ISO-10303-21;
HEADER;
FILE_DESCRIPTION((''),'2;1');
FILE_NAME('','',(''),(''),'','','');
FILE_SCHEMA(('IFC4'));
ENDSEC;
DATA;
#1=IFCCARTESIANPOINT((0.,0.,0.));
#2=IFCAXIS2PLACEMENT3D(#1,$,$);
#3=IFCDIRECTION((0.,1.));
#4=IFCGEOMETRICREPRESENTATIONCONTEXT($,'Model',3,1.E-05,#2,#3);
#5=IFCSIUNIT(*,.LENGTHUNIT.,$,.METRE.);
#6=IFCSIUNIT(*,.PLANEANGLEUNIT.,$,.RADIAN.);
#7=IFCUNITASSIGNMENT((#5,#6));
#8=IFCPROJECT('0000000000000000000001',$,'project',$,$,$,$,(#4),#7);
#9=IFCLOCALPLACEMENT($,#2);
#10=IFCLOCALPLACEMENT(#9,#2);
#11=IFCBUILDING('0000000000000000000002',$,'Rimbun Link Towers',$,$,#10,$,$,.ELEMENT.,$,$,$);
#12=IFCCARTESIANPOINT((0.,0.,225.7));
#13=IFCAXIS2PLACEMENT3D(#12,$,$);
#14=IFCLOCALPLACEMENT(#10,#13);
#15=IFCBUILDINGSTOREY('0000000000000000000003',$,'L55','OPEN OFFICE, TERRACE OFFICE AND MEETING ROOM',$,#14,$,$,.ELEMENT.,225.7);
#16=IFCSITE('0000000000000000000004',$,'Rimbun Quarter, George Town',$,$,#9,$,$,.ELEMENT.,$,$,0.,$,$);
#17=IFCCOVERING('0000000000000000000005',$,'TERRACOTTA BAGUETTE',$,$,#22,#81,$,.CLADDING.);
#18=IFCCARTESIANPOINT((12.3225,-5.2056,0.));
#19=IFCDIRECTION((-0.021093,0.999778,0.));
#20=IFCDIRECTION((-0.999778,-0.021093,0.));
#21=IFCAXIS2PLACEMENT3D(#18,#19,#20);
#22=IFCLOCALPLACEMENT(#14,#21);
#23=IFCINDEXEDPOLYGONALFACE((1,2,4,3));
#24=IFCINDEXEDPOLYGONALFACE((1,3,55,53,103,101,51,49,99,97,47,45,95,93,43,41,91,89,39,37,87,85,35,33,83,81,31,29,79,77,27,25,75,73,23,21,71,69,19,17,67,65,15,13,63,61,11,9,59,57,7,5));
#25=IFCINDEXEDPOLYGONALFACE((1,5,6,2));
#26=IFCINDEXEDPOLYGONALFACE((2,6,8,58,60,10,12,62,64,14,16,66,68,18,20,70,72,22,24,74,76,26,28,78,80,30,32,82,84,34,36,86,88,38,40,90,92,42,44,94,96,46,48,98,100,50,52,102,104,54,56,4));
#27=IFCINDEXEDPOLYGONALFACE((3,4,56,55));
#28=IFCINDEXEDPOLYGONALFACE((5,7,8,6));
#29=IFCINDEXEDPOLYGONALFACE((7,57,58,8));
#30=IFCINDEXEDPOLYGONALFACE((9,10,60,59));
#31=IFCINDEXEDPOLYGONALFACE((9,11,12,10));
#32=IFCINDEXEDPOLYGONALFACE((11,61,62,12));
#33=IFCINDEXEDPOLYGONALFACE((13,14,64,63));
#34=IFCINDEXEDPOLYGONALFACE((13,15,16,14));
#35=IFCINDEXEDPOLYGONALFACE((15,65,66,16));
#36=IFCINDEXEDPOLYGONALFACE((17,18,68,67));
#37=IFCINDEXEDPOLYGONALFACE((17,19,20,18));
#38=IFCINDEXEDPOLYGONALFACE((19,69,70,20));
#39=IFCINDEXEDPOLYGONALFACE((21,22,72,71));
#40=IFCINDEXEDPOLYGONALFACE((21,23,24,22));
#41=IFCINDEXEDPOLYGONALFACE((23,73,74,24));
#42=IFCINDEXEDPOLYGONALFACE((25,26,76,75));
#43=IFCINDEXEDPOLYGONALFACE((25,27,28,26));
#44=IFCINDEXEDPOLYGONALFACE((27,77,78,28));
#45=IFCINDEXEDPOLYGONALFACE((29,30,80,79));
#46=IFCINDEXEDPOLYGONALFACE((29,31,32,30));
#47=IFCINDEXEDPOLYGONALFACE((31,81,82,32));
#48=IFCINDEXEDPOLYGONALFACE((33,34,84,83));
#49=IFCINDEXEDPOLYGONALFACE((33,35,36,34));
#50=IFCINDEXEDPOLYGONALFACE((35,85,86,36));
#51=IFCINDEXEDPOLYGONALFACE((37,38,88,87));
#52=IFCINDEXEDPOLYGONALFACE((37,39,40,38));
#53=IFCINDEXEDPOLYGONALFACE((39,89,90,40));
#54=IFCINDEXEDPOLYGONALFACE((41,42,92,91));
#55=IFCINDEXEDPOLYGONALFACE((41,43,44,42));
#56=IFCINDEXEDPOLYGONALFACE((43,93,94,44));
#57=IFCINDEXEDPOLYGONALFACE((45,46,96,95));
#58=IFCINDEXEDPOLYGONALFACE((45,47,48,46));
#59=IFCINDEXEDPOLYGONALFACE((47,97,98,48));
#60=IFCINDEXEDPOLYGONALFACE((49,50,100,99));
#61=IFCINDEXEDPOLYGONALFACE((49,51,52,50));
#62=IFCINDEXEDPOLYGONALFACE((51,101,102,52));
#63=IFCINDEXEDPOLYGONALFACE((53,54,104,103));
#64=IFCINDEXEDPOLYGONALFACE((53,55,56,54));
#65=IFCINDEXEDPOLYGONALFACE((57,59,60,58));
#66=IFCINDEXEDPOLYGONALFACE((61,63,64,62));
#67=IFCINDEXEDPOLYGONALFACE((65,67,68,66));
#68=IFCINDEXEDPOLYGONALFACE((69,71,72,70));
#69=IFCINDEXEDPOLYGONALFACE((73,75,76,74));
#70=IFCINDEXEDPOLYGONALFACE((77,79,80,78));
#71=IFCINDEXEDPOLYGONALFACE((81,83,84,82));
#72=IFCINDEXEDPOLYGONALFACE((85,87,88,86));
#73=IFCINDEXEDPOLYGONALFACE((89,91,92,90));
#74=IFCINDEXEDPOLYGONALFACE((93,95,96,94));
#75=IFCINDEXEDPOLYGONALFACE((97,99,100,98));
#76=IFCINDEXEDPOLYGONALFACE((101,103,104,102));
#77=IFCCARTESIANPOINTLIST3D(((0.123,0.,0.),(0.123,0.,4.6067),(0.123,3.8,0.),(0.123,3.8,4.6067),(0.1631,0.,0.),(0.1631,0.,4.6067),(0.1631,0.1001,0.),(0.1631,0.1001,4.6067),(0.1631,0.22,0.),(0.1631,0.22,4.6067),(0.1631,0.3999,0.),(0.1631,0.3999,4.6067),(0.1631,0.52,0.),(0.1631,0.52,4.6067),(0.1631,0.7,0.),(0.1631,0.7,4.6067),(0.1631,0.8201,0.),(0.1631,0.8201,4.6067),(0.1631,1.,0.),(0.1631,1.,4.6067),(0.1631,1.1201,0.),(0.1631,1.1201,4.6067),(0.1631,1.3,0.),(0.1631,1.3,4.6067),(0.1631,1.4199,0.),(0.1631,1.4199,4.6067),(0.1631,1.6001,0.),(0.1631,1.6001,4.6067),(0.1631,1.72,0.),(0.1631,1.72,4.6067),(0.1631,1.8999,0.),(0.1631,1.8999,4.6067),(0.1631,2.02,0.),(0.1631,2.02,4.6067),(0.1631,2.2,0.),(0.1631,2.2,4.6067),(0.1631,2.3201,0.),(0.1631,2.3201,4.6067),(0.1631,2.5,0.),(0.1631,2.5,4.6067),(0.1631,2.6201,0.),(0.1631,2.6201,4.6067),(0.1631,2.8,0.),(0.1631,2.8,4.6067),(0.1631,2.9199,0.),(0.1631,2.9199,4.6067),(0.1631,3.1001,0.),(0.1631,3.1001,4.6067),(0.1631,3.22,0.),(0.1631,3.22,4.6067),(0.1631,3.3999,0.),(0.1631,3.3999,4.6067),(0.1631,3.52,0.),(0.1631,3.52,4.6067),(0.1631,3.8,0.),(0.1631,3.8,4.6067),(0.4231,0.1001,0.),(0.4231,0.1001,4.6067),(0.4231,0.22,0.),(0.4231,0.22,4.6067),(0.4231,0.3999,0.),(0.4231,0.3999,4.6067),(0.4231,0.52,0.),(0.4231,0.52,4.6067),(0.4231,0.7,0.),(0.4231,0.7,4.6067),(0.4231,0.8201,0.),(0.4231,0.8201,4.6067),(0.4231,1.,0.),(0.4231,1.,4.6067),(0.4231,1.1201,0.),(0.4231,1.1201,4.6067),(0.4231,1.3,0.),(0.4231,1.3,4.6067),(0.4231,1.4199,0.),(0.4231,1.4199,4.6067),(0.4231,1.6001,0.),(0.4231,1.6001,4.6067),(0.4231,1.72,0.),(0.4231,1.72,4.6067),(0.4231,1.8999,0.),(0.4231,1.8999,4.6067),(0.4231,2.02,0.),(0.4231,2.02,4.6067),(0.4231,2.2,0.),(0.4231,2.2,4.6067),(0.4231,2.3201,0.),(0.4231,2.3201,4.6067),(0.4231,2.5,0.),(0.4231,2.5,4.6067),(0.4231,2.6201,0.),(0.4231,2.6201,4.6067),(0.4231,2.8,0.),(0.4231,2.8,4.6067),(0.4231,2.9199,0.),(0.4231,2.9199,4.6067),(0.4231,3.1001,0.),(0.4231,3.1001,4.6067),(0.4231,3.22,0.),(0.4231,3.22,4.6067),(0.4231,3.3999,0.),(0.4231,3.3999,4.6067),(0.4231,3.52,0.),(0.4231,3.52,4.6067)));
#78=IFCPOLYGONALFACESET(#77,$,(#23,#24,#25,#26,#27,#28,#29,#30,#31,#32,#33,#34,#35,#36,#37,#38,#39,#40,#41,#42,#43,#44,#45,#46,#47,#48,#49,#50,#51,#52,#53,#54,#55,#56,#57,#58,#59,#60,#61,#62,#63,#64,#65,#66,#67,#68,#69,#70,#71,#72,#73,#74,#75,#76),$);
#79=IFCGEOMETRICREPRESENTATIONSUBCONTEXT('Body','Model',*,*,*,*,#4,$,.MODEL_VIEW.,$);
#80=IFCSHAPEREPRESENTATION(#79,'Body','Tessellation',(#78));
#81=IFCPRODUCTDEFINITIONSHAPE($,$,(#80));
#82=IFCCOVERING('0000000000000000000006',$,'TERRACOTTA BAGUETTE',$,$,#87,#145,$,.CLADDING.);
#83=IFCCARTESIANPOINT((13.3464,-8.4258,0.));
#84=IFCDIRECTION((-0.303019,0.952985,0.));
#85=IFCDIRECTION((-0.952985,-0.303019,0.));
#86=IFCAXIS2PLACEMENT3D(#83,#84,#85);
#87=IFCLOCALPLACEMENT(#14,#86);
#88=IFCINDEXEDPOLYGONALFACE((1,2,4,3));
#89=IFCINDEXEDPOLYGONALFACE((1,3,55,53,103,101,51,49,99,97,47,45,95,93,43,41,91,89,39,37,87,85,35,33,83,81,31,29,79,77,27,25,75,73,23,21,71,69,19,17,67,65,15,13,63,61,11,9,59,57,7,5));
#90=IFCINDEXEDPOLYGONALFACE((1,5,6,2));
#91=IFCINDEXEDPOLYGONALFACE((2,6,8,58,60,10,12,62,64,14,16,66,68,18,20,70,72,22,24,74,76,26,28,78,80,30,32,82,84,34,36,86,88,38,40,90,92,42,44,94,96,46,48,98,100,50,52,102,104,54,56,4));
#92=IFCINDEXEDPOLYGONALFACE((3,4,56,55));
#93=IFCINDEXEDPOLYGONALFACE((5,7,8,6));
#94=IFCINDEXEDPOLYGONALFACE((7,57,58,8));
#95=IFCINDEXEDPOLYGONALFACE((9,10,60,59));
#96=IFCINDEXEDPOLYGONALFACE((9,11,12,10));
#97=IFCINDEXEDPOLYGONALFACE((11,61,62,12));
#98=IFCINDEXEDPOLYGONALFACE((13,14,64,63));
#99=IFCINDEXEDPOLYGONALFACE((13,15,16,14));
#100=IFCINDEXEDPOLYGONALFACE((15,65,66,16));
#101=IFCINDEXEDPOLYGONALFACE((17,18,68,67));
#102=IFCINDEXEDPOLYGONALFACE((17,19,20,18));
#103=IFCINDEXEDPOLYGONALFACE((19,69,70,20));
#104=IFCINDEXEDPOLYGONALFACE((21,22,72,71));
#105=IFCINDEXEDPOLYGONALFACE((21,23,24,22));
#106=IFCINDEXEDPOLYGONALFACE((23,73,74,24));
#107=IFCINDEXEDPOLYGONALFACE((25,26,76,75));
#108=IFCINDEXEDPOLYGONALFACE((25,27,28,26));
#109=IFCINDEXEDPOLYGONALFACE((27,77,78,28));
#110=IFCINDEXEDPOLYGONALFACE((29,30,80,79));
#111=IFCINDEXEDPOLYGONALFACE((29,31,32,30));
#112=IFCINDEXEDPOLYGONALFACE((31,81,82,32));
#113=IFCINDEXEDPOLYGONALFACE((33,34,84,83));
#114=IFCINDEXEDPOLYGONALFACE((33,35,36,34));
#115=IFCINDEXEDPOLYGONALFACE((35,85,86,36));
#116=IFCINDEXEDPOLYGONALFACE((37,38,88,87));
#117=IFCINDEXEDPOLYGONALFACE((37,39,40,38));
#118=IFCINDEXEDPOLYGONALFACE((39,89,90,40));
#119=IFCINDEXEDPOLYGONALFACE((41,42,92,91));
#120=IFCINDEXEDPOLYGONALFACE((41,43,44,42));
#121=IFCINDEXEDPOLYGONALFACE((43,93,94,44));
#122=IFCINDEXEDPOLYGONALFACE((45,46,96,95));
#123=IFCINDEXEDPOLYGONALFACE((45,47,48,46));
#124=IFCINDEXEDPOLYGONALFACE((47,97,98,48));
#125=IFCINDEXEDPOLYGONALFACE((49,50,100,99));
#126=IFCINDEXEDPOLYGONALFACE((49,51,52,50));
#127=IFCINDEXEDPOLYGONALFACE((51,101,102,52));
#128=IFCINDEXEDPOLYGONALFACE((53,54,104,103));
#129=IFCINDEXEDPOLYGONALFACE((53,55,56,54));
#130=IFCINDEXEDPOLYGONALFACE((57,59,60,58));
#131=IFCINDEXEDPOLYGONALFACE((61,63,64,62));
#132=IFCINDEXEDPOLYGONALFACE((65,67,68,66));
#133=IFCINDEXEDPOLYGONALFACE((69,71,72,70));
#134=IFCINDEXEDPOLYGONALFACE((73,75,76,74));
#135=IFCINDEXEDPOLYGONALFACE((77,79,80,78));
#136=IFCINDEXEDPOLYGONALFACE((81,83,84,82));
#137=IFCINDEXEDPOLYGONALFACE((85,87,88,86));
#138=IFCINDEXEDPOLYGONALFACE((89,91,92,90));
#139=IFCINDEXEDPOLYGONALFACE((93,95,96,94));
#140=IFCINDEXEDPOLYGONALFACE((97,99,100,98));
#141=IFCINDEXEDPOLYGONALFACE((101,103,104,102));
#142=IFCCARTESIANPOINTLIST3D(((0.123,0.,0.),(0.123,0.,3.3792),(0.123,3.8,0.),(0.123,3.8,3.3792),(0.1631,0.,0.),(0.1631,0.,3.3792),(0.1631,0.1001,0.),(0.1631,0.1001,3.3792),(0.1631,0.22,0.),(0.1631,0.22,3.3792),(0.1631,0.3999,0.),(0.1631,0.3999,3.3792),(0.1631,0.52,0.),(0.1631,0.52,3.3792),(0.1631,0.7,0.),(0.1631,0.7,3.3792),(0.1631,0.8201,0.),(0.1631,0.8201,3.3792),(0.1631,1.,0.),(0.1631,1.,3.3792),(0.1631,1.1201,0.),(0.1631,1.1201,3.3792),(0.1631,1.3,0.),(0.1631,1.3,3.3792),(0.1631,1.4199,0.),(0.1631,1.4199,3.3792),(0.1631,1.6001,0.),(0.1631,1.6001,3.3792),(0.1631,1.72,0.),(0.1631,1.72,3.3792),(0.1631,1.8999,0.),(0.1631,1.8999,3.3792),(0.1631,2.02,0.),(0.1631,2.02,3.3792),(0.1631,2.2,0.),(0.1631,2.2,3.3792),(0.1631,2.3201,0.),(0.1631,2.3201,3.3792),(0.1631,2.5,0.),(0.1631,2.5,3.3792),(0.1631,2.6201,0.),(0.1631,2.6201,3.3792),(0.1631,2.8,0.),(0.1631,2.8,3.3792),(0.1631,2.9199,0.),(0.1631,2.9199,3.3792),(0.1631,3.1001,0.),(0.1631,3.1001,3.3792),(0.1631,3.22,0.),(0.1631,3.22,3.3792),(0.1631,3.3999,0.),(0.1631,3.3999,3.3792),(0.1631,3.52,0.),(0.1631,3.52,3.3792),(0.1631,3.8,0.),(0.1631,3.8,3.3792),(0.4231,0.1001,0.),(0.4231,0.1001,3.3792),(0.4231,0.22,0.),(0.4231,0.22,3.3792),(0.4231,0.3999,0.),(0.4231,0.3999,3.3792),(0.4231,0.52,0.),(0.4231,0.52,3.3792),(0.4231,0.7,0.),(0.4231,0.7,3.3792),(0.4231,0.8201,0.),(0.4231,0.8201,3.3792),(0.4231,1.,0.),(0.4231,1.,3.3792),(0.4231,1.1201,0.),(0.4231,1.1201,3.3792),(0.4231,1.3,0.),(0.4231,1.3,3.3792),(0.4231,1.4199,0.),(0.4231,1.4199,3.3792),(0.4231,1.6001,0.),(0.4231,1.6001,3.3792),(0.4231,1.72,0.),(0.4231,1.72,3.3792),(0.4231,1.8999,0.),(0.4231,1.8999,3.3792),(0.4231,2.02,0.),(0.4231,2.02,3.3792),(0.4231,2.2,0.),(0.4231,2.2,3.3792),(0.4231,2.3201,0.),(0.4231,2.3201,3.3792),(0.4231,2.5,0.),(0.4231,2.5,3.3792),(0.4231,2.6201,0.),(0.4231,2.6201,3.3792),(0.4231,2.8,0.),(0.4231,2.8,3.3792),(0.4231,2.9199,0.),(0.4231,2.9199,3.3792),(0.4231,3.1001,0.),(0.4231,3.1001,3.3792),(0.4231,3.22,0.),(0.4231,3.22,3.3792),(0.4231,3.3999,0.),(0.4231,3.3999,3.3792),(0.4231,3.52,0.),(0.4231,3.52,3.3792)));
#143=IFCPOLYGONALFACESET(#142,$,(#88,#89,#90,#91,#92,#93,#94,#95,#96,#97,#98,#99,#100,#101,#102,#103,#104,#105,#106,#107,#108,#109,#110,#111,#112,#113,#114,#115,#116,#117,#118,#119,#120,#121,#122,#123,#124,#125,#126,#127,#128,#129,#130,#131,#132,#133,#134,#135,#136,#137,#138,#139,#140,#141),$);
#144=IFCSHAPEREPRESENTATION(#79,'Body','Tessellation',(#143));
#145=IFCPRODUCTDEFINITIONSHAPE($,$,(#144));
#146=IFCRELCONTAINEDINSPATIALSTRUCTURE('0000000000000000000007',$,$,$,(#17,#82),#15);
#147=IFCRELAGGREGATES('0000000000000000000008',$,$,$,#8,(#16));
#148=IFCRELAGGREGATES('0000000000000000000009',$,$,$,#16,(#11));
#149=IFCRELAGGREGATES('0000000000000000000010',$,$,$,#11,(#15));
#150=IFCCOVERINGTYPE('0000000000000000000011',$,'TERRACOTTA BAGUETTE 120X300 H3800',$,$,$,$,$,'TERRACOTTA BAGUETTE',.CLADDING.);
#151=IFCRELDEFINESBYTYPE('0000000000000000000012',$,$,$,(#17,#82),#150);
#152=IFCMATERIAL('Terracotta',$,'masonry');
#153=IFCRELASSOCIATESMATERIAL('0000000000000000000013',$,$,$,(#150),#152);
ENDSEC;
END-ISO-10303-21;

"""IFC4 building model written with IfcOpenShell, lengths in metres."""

from ifc_helpers import new_model, si_unit, direction, frame, origin, place, context, subcontext, project, spatial, polyline, outline, extrude, material, material_profile, profile_set, type_object, element, save


model = new_model("IFC4")

# Units and contexts
model_context = context("Model", 3, precision=1e-05, world=origin(), true_north=direction((0.0, 1.0)))
body_context = subcontext(model_context, "Body", "Model", "MODEL_VIEW")
ifc_project = project(units=[si_unit("LENGTHUNIT", "METRE"), si_unit("PLANEANGLEUNIT", "RADIAN")], contexts=[model_context])

# Site, building, storey
site_placement = place(None, origin())
site = spatial("IfcSite", under=ifc_project, at=site_placement, Name="Rimbun Quarter, George Town", CompositionType="ELEMENT", RefElevation=0.0)
building_placement = place(site_placement, origin())
building = spatial("IfcBuilding", under=site, at=building_placement, Name="Rimbun Link Towers", CompositionType="ELEMENT")
storey_placement = place(building_placement, frame((0.0, 0.0, 225.7)))
storey = spatial("IfcBuildingStorey", under=building, at=storey_placement, Name="L55", Description="OPEN OFFICE, TERRACE OFFICE AND MEETING ROOM", CompositionType="ELEMENT", Elevation=225.7)

# Coverings
ifc_material_1 = material(Name="Terracotta", Category="masonry")
ifc_material_profile_1 = material_profile(ifc_material_1, outline(polyline([(0.123, 0.0), (0.1631, 0.0), (0.1631, 0.1001), (0.4231, 0.1001), (0.4231, 0.22), (0.1631, 0.22), (0.1631, 0.3999), (0.4231, 0.3999), (0.4231, 0.52), (0.1631, 0.52), (0.1631, 0.7), (0.4231, 0.7), (0.4231, 0.8201), (0.1631, 0.8201), (0.1631, 1.0), (0.4231, 1.0), (0.4231, 1.1201), (0.1631, 1.1201), (0.1631, 1.3), (0.4231, 1.3), (0.4231, 1.4199), (0.1631, 1.4199), (0.1631, 1.6001), (0.4231, 1.6001), (0.4231, 1.72), (0.1631, 1.72), (0.1631, 1.8999), (0.4231, 1.8999), (0.4231, 2.02), (0.1631, 2.02), (0.1631, 2.2), (0.4231, 2.2), (0.4231, 2.3201), (0.1631, 2.3201), (0.1631, 2.5), (0.4231, 2.5), (0.4231, 2.6201), (0.1631, 2.6201), (0.1631, 2.8), (0.4231, 2.8), (0.4231, 2.9199), (0.1631, 2.9199), (0.1631, 3.1001), (0.4231, 3.1001), (0.4231, 3.22), (0.1631, 3.22), (0.1631, 3.3999), (0.4231, 3.3999), (0.4231, 3.52), (0.1631, 3.52), (0.1631, 3.8), (0.123, 3.8), (0.123, 0.0)])), Name="BAGUETTE 120X300")
ifc_profile_set_1 = profile_set([ifc_material_profile_1], Name="Terracotta")
covering_type_1 = type_object("IfcCoveringType", Name="TERRACOTTA BAGUETTE 120X300 H3800", ElementType="TERRACOTTA BAGUETTE", PredefinedType="CLADDING", material=ifc_profile_set_1)
covering_1_placement = place(storey_placement, frame((12.3225, -5.2056, 0.0), z_axis=(-0.021093, 0.999778, 0.0), x_axis=(-0.999778, -0.021093, 0.0)))
element("IfcCovering", 1, at=covering_1_placement, inside=storey, type_object=covering_type_1, Name="TERRACOTTA BAGUETTE", PredefinedType="CLADDING", context=body_context, shape_type="SweptSolid", body=[
    extrude(outline(polyline([(0.123, 0.0), (0.1631, 0.0), (0.1631, 0.1001), (0.4231, 0.1001), (0.4231, 0.22), (0.1631, 0.22), (0.1631, 0.3999), (0.4231, 0.3999), (0.4231, 0.52), (0.1631, 0.52), (0.1631, 0.7), (0.4231, 0.7), (0.4231, 0.8201), (0.1631, 0.8201), (0.1631, 1.0), (0.4231, 1.0), (0.4231, 1.1201), (0.1631, 1.1201), (0.1631, 1.3), (0.4231, 1.3), (0.4231, 1.4199), (0.1631, 1.4199), (0.1631, 1.6001), (0.4231, 1.6001), (0.4231, 1.72), (0.1631, 1.72), (0.1631, 1.8999), (0.4231, 1.8999), (0.4231, 2.02), (0.1631, 2.02), (0.1631, 2.2), (0.4231, 2.2), (0.4231, 2.3201), (0.1631, 2.3201), (0.1631, 2.5), (0.4231, 2.5), (0.4231, 2.6201), (0.1631, 2.6201), (0.1631, 2.8), (0.4231, 2.8), (0.4231, 2.9199), (0.1631, 2.9199), (0.1631, 3.1001), (0.4231, 3.1001), (0.4231, 3.22), (0.1631, 3.22), (0.1631, 3.3999), (0.4231, 3.3999), (0.4231, 3.52), (0.1631, 3.52), (0.1631, 3.8), (0.123, 3.8), (0.123, 0.0)])), origin(), (0.0, 0.0, 1.0), 4.6067),
])
covering_2_placement = place(storey_placement, frame((13.3464, -8.4258, 0.0), z_axis=(-0.303019, 0.952985, 0.0), x_axis=(-0.952985, -0.303019, 0.0)))
element("IfcCovering", 2, at=covering_2_placement, inside=storey, type_object=covering_type_1, Name="TERRACOTTA BAGUETTE", PredefinedType="CLADDING", context=body_context, shape_type="SweptSolid", body=[
    extrude(outline(polyline([(0.123, 0.0), (0.1631, 0.0), (0.1631, 0.1001), (0.4231, 0.1001), (0.4231, 0.22), (0.1631, 0.22), (0.1631, 0.3999), (0.4231, 0.3999), (0.4231, 0.52), (0.1631, 0.52), (0.1631, 0.7), (0.4231, 0.7), (0.4231, 0.8201), (0.1631, 0.8201), (0.1631, 1.0), (0.4231, 1.0), (0.4231, 1.1201), (0.1631, 1.1201), (0.1631, 1.3), (0.4231, 1.3), (0.4231, 1.4199), (0.1631, 1.4199), (0.1631, 1.6001), (0.4231, 1.6001), (0.4231, 1.72), (0.1631, 1.72), (0.1631, 1.8999), (0.4231, 1.8999), (0.4231, 2.02), (0.1631, 2.02), (0.1631, 2.2), (0.4231, 2.2), (0.4231, 2.3201), (0.1631, 2.3201), (0.1631, 2.5), (0.4231, 2.5), (0.4231, 2.6201), (0.1631, 2.6201), (0.1631, 2.8), (0.4231, 2.8), (0.4231, 2.9199), (0.1631, 2.9199), (0.1631, 3.1001), (0.4231, 3.1001), (0.4231, 3.22), (0.1631, 3.22), (0.1631, 3.3999), (0.4231, 3.3999), (0.4231, 3.52), (0.1631, 3.52), (0.1631, 3.8), (0.123, 3.8), (0.123, 0.0)])), origin(), (0.0, 0.0, 1.0), 3.3792),
])

save(model, "model.ifc")
